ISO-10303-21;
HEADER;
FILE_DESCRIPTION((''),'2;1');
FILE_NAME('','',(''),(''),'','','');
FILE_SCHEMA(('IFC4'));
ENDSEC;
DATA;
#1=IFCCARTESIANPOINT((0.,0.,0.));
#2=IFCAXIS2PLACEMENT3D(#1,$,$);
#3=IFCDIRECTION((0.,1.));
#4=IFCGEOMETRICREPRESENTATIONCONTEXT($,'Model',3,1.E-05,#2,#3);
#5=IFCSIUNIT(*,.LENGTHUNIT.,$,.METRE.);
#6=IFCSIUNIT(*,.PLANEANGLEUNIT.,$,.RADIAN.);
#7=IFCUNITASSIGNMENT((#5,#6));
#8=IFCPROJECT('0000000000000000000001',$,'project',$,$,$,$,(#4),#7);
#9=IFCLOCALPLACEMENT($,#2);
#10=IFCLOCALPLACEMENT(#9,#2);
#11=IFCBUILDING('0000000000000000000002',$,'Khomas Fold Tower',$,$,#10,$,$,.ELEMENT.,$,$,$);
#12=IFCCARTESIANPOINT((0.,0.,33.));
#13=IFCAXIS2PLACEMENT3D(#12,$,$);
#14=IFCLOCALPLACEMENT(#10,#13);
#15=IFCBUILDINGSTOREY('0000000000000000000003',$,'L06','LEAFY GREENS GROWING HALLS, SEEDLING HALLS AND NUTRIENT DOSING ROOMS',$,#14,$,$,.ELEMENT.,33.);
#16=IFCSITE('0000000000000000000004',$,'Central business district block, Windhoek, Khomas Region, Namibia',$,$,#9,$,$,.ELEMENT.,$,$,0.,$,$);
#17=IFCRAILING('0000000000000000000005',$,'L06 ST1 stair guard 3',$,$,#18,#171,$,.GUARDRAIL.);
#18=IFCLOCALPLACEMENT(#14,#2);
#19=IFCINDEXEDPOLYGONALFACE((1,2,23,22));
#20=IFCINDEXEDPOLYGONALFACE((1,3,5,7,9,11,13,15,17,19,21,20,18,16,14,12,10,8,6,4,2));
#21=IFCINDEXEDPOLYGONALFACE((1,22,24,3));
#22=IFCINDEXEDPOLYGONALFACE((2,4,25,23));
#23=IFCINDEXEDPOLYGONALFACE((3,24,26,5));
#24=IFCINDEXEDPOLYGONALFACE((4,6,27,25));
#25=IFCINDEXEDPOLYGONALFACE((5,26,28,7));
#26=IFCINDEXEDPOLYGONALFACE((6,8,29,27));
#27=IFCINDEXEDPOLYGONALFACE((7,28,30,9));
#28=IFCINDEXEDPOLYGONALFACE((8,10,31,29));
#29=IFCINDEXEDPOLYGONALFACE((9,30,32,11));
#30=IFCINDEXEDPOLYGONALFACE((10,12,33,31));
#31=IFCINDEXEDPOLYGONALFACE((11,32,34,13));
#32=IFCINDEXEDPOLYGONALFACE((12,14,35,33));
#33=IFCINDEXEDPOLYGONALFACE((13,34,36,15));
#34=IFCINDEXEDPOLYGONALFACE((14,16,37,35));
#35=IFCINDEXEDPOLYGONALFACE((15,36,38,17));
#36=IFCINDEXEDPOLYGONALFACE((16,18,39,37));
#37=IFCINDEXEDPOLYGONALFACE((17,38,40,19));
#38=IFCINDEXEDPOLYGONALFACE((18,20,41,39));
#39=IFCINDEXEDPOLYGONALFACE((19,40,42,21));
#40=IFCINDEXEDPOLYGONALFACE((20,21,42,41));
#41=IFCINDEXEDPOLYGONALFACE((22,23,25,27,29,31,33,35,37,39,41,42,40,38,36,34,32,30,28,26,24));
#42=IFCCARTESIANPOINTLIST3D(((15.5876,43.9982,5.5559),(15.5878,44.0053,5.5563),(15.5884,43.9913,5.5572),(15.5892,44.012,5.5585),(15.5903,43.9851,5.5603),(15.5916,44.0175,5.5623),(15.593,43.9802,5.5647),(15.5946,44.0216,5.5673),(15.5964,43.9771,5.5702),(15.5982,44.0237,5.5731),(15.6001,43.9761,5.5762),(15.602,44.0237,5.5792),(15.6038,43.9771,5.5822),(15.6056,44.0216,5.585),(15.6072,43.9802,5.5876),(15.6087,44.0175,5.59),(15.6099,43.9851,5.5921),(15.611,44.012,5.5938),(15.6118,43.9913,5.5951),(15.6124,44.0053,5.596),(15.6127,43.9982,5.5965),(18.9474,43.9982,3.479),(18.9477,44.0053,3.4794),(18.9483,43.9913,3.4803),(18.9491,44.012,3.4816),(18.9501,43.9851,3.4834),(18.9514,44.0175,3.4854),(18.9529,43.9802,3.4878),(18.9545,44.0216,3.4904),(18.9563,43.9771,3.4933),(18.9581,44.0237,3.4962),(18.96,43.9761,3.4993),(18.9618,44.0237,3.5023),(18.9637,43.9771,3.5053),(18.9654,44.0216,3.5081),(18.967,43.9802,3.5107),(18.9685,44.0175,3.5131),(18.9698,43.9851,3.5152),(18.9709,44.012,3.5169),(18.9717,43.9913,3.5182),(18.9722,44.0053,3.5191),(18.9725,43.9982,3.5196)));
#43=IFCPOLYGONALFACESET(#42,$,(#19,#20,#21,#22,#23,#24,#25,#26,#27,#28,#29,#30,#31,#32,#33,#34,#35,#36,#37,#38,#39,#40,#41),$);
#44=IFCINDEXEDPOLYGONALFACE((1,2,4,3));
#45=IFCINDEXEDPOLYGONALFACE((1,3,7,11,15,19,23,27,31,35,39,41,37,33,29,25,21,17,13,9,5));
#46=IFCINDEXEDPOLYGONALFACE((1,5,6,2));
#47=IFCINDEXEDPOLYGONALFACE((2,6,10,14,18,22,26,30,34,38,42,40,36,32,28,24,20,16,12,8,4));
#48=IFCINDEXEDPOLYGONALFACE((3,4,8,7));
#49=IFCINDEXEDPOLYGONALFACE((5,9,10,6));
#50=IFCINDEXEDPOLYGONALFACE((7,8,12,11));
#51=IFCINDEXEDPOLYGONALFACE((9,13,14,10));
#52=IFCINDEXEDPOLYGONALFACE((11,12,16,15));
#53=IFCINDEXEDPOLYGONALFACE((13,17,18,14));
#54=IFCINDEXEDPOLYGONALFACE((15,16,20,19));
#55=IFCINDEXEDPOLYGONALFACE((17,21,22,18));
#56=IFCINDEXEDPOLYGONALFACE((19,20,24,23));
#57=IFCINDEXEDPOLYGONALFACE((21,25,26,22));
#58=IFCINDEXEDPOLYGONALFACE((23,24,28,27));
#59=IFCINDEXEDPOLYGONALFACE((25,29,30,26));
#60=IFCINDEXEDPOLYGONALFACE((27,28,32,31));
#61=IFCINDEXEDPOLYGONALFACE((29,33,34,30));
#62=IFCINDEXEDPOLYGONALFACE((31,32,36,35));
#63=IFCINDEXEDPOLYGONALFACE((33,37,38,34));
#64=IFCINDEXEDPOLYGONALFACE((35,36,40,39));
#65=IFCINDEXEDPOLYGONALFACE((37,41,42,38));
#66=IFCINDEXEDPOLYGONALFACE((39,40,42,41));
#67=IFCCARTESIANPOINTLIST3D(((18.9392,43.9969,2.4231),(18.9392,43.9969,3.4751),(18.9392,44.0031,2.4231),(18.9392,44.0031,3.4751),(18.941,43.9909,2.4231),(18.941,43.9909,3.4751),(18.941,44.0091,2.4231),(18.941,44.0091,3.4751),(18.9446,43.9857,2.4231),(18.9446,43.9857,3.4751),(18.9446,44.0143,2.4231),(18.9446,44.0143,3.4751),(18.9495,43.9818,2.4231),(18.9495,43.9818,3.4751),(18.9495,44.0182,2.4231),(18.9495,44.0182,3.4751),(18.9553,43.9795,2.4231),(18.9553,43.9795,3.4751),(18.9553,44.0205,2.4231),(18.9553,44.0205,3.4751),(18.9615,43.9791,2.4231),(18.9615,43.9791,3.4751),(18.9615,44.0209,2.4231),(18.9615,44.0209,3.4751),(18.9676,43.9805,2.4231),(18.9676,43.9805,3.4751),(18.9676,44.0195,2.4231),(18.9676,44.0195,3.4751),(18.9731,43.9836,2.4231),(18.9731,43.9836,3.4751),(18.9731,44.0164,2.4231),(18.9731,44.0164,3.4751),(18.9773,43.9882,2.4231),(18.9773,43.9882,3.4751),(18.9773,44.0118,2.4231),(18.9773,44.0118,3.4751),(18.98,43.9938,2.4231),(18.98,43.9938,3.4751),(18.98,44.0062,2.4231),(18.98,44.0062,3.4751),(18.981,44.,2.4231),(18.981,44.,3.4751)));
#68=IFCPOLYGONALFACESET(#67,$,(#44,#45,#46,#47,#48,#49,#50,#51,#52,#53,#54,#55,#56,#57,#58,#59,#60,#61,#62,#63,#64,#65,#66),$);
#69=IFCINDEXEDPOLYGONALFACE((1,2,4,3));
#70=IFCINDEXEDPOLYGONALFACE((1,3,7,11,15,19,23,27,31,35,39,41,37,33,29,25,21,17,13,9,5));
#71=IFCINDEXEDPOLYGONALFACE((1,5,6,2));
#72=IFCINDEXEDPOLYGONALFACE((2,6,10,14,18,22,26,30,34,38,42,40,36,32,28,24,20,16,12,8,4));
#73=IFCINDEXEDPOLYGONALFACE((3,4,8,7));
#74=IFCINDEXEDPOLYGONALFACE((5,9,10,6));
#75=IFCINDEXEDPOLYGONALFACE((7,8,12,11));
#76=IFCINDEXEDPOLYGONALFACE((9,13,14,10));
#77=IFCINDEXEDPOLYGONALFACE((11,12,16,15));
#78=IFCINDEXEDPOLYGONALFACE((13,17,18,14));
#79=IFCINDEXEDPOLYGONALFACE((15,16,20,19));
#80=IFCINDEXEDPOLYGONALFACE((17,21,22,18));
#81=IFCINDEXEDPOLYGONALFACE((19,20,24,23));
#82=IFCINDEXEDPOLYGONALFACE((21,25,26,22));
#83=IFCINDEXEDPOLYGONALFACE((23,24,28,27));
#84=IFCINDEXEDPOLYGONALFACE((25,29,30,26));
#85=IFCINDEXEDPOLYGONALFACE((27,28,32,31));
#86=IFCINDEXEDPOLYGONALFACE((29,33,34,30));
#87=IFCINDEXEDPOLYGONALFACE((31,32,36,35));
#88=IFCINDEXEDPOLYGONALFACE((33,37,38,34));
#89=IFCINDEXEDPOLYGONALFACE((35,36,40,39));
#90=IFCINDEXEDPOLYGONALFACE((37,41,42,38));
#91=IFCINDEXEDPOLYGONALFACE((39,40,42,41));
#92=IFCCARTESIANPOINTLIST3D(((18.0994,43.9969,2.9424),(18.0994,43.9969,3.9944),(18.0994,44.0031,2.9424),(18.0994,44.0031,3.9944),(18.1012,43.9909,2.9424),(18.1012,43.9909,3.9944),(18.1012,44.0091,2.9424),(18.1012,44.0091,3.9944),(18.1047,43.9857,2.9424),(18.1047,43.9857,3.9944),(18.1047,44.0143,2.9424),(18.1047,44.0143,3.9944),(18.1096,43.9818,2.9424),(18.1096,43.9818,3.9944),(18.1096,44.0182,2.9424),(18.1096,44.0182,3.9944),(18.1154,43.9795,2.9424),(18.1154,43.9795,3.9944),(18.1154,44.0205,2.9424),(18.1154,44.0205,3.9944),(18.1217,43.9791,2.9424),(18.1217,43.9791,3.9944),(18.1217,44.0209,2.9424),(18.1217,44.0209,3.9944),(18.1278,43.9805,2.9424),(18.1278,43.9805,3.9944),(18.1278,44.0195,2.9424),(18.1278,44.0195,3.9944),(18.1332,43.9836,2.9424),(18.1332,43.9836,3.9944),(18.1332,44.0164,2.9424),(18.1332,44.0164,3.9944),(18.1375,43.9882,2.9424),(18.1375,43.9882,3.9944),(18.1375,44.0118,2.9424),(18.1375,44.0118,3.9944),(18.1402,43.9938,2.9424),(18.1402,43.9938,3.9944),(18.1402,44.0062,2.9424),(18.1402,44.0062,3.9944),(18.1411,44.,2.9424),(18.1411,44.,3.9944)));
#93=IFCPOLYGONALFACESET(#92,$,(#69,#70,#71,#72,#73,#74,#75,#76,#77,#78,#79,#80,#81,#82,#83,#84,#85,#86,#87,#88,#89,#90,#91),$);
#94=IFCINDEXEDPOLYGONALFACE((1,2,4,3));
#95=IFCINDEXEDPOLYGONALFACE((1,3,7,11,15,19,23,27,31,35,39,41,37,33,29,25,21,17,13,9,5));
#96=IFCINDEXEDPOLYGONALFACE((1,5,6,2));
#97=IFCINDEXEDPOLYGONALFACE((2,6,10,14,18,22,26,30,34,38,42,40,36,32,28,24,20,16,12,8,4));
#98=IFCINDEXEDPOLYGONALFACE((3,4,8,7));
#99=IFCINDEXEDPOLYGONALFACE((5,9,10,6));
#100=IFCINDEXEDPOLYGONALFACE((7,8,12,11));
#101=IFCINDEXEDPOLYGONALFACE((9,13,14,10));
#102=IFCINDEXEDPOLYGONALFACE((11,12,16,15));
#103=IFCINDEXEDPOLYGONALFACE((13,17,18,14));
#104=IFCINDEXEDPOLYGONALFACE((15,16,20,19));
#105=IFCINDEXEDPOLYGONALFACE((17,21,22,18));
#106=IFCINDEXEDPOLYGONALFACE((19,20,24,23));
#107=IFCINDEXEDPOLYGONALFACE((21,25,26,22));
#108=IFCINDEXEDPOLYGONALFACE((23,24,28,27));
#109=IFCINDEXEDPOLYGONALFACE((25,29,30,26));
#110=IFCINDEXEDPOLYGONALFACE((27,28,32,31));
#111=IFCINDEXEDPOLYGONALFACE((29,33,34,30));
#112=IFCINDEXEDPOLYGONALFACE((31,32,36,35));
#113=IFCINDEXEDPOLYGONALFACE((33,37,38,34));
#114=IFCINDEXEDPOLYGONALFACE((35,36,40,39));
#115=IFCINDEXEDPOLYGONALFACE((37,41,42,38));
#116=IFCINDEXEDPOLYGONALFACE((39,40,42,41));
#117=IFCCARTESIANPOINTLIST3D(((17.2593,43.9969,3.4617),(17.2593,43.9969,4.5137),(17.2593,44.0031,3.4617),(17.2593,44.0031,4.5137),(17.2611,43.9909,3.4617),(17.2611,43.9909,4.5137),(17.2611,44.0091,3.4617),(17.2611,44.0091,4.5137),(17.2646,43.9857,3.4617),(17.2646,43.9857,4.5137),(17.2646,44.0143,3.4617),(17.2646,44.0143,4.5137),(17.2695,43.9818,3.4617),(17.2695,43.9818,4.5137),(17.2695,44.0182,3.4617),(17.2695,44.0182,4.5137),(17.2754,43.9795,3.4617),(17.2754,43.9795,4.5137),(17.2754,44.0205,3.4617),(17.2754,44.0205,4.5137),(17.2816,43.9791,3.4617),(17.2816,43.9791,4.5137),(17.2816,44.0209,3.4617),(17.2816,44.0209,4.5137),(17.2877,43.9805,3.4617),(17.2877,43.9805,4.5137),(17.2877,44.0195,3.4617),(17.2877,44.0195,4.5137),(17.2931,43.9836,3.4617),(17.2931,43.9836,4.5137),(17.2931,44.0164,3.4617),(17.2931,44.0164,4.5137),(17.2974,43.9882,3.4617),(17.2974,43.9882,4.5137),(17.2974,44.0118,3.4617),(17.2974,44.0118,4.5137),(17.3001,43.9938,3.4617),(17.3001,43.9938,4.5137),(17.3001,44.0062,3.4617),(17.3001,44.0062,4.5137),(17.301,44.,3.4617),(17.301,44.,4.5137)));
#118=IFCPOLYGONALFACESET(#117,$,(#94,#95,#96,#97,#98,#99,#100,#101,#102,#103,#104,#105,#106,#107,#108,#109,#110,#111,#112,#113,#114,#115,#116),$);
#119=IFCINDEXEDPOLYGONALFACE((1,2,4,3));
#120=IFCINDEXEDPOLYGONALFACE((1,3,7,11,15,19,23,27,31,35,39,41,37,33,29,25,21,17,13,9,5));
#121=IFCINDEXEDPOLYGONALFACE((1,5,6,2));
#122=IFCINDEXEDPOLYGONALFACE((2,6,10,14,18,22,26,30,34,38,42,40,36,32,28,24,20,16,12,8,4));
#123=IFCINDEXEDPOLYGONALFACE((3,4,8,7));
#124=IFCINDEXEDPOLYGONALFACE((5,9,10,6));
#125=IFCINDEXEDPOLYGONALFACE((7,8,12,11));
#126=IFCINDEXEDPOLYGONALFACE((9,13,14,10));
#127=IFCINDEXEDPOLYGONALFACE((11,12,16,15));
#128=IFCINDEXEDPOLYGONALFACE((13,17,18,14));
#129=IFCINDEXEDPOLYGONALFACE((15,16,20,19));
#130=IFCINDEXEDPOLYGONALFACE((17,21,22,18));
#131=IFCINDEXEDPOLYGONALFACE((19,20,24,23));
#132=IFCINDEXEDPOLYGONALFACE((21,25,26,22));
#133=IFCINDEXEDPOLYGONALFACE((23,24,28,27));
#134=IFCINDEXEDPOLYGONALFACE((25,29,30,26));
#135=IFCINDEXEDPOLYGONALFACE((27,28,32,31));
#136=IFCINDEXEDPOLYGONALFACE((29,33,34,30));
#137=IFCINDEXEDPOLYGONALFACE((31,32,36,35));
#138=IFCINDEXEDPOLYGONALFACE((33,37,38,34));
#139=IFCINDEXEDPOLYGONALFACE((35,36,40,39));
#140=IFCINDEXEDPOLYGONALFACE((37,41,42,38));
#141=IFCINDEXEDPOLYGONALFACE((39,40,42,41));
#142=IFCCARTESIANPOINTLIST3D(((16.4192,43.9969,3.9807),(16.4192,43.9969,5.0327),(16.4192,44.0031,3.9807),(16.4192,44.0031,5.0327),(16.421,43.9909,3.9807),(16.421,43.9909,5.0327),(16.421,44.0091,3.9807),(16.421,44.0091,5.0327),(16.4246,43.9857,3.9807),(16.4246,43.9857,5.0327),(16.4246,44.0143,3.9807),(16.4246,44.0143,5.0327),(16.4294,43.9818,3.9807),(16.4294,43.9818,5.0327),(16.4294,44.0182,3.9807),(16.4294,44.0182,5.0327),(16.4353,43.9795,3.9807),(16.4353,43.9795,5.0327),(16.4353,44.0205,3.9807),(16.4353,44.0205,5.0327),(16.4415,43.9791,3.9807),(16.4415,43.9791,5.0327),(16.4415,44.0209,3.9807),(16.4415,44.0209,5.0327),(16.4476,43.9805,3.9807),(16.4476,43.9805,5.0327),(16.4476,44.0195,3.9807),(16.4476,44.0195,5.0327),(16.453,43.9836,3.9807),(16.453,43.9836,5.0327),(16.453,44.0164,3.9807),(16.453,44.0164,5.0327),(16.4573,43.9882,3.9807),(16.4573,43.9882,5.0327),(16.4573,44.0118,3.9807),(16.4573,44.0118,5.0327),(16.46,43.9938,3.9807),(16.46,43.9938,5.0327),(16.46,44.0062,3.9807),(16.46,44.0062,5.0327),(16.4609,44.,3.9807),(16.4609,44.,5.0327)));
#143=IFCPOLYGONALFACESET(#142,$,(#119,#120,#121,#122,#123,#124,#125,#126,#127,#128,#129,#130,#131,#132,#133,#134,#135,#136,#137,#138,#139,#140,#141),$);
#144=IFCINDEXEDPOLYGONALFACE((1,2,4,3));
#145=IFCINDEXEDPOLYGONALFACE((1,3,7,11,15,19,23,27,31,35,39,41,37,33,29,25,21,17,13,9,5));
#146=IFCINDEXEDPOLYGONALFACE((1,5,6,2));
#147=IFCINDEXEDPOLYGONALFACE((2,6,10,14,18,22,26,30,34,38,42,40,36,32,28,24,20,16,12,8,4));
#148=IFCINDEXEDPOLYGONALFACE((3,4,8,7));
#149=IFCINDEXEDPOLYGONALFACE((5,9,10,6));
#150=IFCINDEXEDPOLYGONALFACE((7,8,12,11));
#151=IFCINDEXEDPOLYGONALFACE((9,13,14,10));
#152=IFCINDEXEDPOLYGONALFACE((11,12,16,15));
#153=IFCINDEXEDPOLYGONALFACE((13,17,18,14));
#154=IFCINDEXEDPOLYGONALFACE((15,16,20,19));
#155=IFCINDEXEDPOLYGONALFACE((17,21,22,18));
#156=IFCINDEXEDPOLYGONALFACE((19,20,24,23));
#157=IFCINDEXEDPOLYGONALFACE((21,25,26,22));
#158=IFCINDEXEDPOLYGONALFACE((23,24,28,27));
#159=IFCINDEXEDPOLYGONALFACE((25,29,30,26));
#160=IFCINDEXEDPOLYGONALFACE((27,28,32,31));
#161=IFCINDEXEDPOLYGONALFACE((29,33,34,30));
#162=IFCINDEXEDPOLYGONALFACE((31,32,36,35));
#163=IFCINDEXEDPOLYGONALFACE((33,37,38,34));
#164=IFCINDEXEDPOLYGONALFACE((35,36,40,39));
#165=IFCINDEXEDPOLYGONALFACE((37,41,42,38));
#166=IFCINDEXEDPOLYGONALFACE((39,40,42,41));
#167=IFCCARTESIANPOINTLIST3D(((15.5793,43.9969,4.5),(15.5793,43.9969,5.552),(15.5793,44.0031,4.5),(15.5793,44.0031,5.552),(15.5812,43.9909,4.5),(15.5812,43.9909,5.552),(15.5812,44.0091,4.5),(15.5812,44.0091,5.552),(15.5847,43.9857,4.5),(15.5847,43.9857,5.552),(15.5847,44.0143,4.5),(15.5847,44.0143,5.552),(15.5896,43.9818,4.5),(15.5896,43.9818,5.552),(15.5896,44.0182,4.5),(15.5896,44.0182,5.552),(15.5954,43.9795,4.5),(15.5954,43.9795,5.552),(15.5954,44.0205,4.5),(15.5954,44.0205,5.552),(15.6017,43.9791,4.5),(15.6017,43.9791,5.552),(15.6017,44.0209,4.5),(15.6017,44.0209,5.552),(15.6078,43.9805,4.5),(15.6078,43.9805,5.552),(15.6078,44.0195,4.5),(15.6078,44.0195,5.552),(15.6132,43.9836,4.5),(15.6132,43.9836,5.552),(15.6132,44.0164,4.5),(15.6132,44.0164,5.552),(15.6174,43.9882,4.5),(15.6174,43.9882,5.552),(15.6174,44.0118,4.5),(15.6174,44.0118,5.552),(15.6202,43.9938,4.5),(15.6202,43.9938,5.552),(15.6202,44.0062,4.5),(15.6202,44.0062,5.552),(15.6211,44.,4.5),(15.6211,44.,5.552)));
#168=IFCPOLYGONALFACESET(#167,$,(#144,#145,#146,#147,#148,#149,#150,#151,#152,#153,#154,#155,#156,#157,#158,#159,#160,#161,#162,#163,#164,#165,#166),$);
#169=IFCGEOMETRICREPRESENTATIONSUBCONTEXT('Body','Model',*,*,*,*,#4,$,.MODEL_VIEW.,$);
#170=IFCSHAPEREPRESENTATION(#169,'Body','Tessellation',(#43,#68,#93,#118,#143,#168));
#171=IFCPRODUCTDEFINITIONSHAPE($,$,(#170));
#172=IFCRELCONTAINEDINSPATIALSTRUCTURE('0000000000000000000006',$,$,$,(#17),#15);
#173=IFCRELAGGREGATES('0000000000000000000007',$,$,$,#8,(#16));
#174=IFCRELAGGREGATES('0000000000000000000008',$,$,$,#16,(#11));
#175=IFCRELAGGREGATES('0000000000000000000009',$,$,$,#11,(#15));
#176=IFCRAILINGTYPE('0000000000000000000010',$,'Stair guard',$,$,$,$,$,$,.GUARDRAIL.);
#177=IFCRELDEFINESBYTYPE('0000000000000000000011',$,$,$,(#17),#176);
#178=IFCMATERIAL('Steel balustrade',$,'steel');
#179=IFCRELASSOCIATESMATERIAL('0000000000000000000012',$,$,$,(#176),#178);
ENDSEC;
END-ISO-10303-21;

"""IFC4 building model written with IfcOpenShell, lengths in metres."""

from ifc_helpers import new_model, si_unit, direction, frame, origin, origin_2d, place, context, subcontext, project, spatial, circle, extrude, source, transform, mapped, material, type_object, element, save


model = new_model("IFC4")

# Units and contexts
model_context = context("Model", 3, precision=1e-05, world=origin(), true_north=direction((0.0, 1.0)))
body_context = subcontext(model_context, "Body", "Model", "MODEL_VIEW")
ifc_project = project(units=[si_unit("LENGTHUNIT", "METRE"), si_unit("PLANEANGLEUNIT", "RADIAN")], contexts=[model_context])

# Site, building, storey
site_placement = place(None, origin())
site = spatial("IfcSite", under=ifc_project, at=site_placement, Name="Central business district block, Windhoek, Khomas Region, Namibia", CompositionType="ELEMENT", RefElevation=0.0)
building_placement = place(site_placement, origin())
building = spatial("IfcBuilding", under=site, at=building_placement, Name="Khomas Fold Tower", CompositionType="ELEMENT")
storey_placement = place(building_placement, frame((0.0, 0.0, 33.0)))
storey = spatial("IfcBuildingStorey", under=building, at=storey_placement, Name="L06", Description="LEAFY GREENS GROWING HALLS, SEEDLING HALLS AND NUTRIENT DOSING ROOMS", CompositionType="ELEMENT", Elevation=33.0)

# Railing
ifc_material_1 = material(Name="Steel balustrade", Category="steel")
railing_type_1 = type_object("IfcRailingType", Name="Stair guard", PredefinedType="GUARDRAIL", material=ifc_material_1)
shared_shape_1 = source(origin(), body_context, "Body", "SweptSolid", [
    extrude(circle(Radius=0.0239, at=origin_2d()), frame((0.0, 0.0, 1.0762), z_axis=(-0.850606, 0.0, 0.525803), x_axis=(0.0, -1.0, 0.0)), (0.0, 0.0, 1.0), 3.95),
    extrude(circle(Radius=0.021, at=origin_2d()), origin(), (0.0, 0.0, 1.0), 1.052),
    extrude(circle(Radius=0.021, at=origin_2d()), frame((-0.8398, 0.0, 0.5193)), (0.0, 0.0, 1.0), 1.052),
    extrude(circle(Radius=0.021, at=origin_2d()), frame((-1.6799, 0.0, 1.0386)), (0.0, 0.0, 1.0), 1.052),
    extrude(circle(Radius=0.021, at=origin_2d()), frame((-2.52, 0.0, 1.5576)), (0.0, 0.0, 1.0), 1.052),
    extrude(circle(Radius=0.021, at=origin_2d()), frame((-3.3599, 0.0, 2.0769)), (0.0, 0.0, 1.0), 1.052),
])
railing_1_placement = place(storey_placement, frame((18.96, 44.0, 2.4231)))
element("IfcRailing", 1, at=railing_1_placement, inside=storey, type_object=railing_type_1, Name="L06 ST1 stair guard 3", PredefinedType="GUARDRAIL", context=body_context, shape_type="MappedRepresentation", body=[
    mapped(shared_shape_1, transform((0.0, 0.0, 0.0))),
])

save(model, "model.ifc")
